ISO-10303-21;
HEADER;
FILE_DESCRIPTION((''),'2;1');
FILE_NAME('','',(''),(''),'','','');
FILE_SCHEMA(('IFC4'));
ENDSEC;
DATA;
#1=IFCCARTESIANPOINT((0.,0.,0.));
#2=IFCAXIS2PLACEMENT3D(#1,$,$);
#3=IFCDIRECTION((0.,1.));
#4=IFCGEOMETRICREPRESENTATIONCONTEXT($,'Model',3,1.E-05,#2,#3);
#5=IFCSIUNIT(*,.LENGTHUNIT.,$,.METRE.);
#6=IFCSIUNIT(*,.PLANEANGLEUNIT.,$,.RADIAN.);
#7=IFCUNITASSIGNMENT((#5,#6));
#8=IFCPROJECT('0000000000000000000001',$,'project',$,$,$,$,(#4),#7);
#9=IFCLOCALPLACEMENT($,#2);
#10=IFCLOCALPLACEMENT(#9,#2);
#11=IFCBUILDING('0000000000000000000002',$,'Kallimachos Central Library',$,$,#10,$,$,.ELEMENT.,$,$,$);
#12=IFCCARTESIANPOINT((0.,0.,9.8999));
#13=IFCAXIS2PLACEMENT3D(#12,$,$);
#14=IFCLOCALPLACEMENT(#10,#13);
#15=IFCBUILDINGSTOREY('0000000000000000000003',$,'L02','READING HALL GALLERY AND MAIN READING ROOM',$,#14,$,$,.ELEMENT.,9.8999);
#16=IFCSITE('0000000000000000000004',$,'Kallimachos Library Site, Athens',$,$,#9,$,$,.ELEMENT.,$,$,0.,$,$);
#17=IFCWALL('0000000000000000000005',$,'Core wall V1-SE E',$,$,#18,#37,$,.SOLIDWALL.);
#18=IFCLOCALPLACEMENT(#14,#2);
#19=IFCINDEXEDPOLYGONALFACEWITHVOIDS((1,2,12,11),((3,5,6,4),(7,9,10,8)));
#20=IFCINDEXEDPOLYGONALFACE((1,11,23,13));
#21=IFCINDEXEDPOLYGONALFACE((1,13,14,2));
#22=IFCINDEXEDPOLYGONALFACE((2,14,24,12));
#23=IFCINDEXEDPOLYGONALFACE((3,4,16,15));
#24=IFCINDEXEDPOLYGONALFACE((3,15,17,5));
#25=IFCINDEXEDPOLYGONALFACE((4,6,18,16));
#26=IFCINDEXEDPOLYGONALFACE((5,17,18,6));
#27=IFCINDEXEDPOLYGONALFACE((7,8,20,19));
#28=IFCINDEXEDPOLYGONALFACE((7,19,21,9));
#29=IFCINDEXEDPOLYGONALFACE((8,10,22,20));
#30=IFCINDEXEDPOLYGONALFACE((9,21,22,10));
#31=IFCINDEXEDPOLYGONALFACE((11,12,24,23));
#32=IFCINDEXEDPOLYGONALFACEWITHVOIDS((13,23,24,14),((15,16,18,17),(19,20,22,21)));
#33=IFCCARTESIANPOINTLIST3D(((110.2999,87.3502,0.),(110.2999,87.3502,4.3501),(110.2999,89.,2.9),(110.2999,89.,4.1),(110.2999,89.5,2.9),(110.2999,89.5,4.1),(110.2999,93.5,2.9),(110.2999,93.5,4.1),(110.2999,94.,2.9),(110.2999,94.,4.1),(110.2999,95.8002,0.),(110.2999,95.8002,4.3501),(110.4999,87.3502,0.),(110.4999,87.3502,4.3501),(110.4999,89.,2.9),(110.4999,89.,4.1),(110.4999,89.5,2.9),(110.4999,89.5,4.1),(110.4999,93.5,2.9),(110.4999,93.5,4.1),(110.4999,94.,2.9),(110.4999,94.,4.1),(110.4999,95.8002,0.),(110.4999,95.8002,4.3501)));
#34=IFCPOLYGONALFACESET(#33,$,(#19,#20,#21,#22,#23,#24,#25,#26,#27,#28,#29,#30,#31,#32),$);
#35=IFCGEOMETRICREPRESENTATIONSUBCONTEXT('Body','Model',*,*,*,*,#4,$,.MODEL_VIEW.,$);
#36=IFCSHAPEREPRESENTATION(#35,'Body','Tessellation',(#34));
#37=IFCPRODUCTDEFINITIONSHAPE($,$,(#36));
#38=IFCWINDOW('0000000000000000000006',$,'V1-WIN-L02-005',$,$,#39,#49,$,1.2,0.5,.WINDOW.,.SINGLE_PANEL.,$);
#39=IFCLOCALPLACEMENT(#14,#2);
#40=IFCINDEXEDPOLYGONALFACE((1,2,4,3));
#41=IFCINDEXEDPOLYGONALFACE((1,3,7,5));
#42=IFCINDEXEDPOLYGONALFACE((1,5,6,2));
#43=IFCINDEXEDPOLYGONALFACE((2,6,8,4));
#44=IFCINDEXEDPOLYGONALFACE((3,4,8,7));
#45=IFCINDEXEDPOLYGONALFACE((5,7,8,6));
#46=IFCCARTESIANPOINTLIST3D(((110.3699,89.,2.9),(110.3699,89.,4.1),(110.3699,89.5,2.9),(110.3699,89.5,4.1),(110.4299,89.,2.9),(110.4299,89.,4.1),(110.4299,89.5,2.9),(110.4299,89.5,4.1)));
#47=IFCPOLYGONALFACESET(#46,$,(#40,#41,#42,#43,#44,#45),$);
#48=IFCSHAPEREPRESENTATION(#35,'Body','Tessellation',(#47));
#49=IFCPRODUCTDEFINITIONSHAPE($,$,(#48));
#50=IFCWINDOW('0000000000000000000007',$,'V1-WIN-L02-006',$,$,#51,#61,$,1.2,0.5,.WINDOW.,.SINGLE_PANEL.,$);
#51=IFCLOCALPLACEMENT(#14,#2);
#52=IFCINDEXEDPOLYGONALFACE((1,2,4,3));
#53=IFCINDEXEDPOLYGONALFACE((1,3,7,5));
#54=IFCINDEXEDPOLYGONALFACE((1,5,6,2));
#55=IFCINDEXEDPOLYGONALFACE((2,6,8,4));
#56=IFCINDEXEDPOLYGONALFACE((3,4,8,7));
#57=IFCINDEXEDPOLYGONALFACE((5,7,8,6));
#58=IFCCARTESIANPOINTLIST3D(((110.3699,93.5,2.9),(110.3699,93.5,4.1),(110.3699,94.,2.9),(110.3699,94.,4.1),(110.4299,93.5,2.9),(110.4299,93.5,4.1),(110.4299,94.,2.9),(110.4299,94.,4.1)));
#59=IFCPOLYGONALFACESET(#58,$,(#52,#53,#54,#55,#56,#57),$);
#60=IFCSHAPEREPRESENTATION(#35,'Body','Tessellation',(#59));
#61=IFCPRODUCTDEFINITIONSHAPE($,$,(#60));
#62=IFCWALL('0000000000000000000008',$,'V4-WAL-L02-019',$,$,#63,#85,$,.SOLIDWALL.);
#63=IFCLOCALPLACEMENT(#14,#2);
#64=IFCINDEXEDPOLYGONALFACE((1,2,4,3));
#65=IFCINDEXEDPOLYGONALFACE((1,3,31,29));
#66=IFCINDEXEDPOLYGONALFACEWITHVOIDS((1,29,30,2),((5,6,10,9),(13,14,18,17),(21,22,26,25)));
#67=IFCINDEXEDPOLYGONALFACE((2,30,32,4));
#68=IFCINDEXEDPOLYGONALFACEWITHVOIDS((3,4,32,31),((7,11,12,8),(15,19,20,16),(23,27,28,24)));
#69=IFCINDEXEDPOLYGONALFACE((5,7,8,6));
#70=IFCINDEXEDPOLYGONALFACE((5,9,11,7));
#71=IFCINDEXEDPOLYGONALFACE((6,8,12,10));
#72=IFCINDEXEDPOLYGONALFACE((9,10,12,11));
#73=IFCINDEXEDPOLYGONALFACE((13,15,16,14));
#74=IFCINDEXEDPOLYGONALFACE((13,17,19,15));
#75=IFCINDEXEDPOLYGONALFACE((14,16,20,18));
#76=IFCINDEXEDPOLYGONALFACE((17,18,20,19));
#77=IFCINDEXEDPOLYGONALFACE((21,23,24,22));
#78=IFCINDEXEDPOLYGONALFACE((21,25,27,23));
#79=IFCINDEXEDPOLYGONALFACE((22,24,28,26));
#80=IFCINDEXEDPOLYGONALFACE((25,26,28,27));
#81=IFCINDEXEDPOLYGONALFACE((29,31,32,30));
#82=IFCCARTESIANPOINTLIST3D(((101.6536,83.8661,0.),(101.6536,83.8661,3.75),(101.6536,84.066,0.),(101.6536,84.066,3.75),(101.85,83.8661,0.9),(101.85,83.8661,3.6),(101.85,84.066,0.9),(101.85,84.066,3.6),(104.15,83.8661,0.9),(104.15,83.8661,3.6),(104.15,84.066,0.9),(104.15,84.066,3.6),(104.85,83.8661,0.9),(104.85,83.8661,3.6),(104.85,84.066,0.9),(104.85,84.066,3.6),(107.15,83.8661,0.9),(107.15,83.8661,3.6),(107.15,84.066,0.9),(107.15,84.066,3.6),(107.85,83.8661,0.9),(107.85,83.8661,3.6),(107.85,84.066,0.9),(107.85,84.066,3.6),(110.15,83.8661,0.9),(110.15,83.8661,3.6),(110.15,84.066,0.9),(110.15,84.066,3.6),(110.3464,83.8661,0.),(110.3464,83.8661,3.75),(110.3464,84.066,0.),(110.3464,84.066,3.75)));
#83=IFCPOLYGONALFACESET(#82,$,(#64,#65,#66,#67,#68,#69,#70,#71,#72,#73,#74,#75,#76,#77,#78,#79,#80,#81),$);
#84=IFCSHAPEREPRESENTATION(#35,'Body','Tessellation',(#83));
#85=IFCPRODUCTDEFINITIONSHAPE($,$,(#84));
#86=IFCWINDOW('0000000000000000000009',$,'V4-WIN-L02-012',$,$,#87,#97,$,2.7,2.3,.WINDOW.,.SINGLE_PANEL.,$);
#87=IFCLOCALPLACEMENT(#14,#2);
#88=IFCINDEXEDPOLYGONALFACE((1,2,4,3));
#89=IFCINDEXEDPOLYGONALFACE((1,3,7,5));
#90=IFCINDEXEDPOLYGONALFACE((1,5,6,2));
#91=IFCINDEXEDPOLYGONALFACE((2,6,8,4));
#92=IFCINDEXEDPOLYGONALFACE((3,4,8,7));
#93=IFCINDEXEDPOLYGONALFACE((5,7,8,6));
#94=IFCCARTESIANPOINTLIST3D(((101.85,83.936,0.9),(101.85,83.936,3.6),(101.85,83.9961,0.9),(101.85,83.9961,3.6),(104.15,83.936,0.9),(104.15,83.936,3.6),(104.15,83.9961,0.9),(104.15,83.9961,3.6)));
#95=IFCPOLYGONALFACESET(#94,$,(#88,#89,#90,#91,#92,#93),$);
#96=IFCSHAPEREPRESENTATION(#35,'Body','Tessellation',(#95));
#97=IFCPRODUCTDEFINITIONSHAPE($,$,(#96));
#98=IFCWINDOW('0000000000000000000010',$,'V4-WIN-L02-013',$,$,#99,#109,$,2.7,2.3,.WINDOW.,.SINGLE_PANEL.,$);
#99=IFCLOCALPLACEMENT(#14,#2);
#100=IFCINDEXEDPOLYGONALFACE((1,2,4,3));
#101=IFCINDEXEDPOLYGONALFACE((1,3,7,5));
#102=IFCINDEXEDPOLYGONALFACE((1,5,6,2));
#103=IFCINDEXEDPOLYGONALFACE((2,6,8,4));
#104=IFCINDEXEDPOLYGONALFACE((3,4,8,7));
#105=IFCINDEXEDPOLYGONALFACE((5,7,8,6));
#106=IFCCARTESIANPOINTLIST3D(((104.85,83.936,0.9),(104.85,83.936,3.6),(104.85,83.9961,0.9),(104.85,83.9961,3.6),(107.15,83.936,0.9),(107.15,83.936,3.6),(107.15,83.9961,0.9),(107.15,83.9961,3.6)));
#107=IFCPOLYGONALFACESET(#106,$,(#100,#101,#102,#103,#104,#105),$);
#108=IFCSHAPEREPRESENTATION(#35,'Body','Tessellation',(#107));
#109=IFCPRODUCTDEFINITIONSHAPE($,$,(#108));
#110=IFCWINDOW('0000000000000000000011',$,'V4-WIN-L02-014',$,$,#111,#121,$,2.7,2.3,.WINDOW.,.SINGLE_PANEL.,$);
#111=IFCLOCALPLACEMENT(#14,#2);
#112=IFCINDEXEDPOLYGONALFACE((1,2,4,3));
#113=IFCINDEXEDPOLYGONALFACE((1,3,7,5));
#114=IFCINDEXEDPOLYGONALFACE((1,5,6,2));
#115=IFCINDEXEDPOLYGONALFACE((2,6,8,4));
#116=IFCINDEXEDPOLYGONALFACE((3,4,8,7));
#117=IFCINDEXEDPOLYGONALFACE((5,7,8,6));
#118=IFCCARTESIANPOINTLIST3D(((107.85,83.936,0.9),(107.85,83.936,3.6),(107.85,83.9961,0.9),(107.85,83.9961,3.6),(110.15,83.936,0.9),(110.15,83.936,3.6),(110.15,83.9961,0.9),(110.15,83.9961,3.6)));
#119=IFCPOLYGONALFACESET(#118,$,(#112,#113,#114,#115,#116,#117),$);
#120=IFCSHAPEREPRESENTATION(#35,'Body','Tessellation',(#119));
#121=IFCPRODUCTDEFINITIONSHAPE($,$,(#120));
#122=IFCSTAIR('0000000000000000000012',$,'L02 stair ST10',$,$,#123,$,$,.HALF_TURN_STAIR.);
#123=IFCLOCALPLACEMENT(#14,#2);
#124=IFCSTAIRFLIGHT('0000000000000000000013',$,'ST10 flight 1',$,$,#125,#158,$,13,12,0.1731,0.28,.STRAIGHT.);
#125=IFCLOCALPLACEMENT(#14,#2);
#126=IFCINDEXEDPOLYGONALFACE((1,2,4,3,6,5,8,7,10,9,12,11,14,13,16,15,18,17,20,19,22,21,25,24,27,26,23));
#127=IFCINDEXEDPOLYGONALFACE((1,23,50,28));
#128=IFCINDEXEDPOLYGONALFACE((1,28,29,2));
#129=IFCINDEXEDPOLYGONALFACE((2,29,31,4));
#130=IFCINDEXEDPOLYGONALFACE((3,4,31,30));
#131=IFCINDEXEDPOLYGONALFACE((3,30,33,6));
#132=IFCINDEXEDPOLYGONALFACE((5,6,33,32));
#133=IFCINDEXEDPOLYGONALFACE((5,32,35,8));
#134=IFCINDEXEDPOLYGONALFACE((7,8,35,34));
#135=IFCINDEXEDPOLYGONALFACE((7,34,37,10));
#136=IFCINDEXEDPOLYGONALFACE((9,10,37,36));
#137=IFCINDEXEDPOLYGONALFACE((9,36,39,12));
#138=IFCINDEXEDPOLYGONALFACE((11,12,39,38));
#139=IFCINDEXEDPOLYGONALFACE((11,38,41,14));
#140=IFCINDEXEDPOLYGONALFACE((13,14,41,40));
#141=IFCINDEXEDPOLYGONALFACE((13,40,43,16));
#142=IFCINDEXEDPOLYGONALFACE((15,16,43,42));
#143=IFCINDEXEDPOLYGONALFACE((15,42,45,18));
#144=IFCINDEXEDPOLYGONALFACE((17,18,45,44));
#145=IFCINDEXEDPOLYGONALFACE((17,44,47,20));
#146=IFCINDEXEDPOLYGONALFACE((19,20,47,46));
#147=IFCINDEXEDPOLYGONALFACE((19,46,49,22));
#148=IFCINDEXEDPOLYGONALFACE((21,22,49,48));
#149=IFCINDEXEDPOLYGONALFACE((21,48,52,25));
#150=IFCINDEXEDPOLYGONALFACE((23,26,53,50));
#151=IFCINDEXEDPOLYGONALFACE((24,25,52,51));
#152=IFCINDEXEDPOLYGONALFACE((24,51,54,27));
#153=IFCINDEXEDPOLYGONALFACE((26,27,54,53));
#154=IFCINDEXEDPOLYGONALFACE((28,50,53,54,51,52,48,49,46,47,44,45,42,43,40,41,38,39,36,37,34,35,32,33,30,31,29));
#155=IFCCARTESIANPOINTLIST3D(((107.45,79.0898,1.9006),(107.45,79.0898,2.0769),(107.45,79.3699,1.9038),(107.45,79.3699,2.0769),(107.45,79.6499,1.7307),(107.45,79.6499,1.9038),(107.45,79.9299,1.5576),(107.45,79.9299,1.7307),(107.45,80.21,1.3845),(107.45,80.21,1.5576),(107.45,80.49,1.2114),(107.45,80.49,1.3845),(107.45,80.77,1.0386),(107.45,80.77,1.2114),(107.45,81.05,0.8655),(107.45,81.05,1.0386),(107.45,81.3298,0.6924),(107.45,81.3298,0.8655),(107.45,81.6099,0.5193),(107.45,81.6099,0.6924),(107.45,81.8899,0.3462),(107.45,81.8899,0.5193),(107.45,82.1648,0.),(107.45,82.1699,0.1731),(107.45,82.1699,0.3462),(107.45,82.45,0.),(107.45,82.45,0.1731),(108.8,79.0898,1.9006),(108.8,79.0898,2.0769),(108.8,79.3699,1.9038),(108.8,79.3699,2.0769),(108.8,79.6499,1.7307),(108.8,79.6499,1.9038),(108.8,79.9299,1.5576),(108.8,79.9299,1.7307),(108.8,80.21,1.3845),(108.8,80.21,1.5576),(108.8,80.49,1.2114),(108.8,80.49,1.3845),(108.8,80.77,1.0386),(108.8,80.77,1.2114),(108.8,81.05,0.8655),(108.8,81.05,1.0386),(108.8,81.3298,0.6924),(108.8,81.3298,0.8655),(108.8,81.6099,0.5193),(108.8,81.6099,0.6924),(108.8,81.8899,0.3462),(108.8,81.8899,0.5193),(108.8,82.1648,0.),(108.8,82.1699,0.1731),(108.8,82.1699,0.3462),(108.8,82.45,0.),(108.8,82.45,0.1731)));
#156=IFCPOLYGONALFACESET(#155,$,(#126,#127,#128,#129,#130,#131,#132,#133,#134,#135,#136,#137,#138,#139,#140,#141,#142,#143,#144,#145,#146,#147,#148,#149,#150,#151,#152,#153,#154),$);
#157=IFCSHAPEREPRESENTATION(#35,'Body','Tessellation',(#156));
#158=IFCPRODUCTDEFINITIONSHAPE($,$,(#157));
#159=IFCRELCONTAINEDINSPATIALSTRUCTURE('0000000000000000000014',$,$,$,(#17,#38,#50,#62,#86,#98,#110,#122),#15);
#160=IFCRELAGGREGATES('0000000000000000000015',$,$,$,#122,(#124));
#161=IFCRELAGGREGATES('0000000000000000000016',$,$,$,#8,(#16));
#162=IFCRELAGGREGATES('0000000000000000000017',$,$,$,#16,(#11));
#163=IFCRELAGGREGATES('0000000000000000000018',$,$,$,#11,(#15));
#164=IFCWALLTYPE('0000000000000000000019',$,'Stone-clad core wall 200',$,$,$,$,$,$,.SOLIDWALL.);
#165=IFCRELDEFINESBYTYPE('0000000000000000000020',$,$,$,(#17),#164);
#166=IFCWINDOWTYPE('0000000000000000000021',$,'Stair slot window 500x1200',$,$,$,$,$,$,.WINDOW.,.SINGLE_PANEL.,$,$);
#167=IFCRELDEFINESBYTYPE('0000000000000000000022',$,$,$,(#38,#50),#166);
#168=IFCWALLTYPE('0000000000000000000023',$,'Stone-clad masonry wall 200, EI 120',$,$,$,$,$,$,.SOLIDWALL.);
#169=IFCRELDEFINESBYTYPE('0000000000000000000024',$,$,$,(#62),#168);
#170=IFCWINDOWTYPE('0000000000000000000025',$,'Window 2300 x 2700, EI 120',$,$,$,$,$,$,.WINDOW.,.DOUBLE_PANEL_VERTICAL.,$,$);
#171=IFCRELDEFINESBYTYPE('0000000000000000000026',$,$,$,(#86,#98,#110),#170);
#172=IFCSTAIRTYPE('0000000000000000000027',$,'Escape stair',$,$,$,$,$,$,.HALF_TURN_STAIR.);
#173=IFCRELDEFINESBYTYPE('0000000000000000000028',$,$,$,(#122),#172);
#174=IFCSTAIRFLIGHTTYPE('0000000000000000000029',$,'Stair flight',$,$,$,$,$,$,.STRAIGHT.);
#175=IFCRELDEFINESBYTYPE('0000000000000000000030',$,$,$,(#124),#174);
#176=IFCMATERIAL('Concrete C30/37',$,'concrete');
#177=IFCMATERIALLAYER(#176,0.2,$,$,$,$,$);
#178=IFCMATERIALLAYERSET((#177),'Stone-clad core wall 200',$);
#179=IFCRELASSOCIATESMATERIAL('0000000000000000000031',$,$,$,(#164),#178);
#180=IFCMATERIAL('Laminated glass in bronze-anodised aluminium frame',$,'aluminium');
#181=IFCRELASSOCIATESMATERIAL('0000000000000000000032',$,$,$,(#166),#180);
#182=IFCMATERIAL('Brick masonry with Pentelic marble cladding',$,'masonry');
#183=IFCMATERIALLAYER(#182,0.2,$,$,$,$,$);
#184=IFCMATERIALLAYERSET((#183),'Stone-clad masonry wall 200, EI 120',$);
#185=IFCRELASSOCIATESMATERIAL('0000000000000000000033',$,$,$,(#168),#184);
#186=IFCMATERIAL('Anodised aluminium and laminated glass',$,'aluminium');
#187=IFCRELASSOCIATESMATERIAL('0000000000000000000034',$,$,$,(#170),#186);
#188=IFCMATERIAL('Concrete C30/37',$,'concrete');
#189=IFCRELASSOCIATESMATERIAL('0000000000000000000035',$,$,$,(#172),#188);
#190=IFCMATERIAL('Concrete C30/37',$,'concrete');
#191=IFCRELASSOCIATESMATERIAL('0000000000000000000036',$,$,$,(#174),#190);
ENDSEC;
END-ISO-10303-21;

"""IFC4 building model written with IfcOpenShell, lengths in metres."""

from ifc_helpers import new_model, si_unit, direction, frame, frame_2d, origin, place, context, subcontext, project, spatial, polyline, rectangle, outline, extrude, material, layer, layer_set, type_object, element, fill, aggregate, save


model = new_model("IFC4")

# Units and contexts
model_context = context("Model", 3, precision=1e-05, world=origin(), true_north=direction((0.0, 1.0)))
body_context = subcontext(model_context, "Body", "Model", "MODEL_VIEW")
ifc_project = project(units=[si_unit("LENGTHUNIT", "METRE"), si_unit("PLANEANGLEUNIT", "RADIAN")], contexts=[model_context])

# Site, building, storey
site_placement = place(None, origin())
site = spatial("IfcSite", under=ifc_project, at=site_placement, Name="Kallimachos Library Site, Athens", CompositionType="ELEMENT", RefElevation=0.0)
building_placement = place(site_placement, origin())
building = spatial("IfcBuilding", under=site, at=building_placement, Name="Kallimachos Central Library", CompositionType="ELEMENT")
storey_placement = place(building_placement, frame((0.0, 0.0, 9.8999)))
storey = spatial("IfcBuildingStorey", under=building, at=storey_placement, Name="L02", Description="READING HALL GALLERY AND MAIN READING ROOM", CompositionType="ELEMENT", Elevation=9.8999)

# Walls, openings, windows
ifc_material_1 = material(Name="Concrete C30/37", Category="concrete")
ifc_layer_1 = layer(ifc_material_1, 0.2)
ifc_layer_set_1 = layer_set([ifc_layer_1], Name="Stone-clad core wall 200")
wall_type_1 = type_object("IfcWallType", Name="Stone-clad core wall 200", PredefinedType="SOLIDWALL", material=ifc_layer_set_1)
wall_1_placement = place(storey_placement, frame((110.3999, 87.3501, 0.0), z_axis=(0.0, 0.0, 1.0), x_axis=(0.0, 1.0, 0.0)))
wall_1 = element("IfcWall", 1, at=wall_1_placement, inside=storey, type_object=wall_type_1, Name="Core wall V1-SE E", PredefinedType="SOLIDWALL", context=body_context, shape_type="SweptSolid", body=[
    extrude(rectangle(XDim=8.45, YDim=0.2, at=frame_2d((4.2251, 0.0))), origin(), (0.0, 0.0, 1.0), 4.3501),
])
opening_1_placement = place(wall_1_placement, frame((1.6499, 0.0, 2.8999)))
opening_1 = element("IfcOpeningElement", 2, at=opening_1_placement, cuts=wall_1, PredefinedType="OPENING", context=body_context, shape_type="SweptSolid", body=[
    extrude(rectangle(XDim=0.5, YDim=1.2, at=frame_2d((0.25, 0.6001))), frame((0.0, 0.1099, 0.0), z_axis=(0.0, -1.0, 0.0), x_axis=(1.0, 0.0, 0.0)), (0.0, 0.0, 1.0), 0.22),
])
opening_2_placement = place(wall_1_placement, frame((6.1499, 0.0, 2.8999)))
opening_2 = element("IfcOpeningElement", 3, at=opening_2_placement, cuts=wall_1, PredefinedType="OPENING", context=body_context, shape_type="SweptSolid", body=[
    extrude(rectangle(XDim=0.5, YDim=1.2, at=frame_2d((0.25, 0.6001))), frame((0.0, 0.1099, 0.0), z_axis=(0.0, -1.0, 0.0), x_axis=(1.0, 0.0, 0.0)), (0.0, 0.0, 1.0), 0.22),
])
ifc_material_2 = material(Name="Laminated glass in bronze-anodised aluminium frame", Category="aluminium")
window_type_1 = type_object("IfcWindowType", Name="Stair slot window 500x1200", PartitioningType="SINGLE_PANEL", PredefinedType="WINDOW", material=ifc_material_2)
window_1_placement = place(opening_1_placement, origin())
window_1 = element("IfcWindow", 4, at=window_1_placement, inside=storey, type_object=window_type_1, Name="V1-WIN-L02-005", OverallHeight=1.2, OverallWidth=0.5, PartitioningType="SINGLE_PANEL", PredefinedType="WINDOW", context=body_context, shape_type="SweptSolid", body=[
    extrude(rectangle(XDim=0.5, YDim=1.2, at=frame_2d((0.25, 0.6001))), frame((0.0, 0.03, 0.0), z_axis=(0.0, -1.0, 0.0), x_axis=(1.0, 0.0, 0.0)), (0.0, 0.0, 1.0), 0.0601),
])
fill(opening_1, window_1)
window_2_placement = place(opening_2_placement, origin())
window_2 = element("IfcWindow", 5, at=window_2_placement, inside=storey, type_object=window_type_1, Name="V1-WIN-L02-006", OverallHeight=1.2, OverallWidth=0.5, PartitioningType="SINGLE_PANEL", PredefinedType="WINDOW", context=body_context, shape_type="SweptSolid", body=[
    extrude(rectangle(XDim=0.5, YDim=1.2, at=frame_2d((0.25, 0.6001))), frame((0.0, 0.03, 0.0), z_axis=(0.0, -1.0, 0.0), x_axis=(1.0, 0.0, 0.0)), (0.0, 0.0, 1.0), 0.0601),
])
fill(opening_2, window_2)
ifc_material_3 = material(Name="Brick masonry with Pentelic marble cladding", Category="masonry")
ifc_layer_2 = layer(ifc_material_3, 0.2)
ifc_layer_set_2 = layer_set([ifc_layer_2], Name="Stone-clad masonry wall 200, EI 120")
wall_type_2 = type_object("IfcWallType", Name="Stone-clad masonry wall 200, EI 120", PredefinedType="SOLIDWALL", material=ifc_layer_set_2)
wall_2_placement = place(storey_placement, frame((101.6536, 83.9661, 0.0), z_axis=(0.0, 0.0, 1.0), x_axis=(1.0, 0.0, 0.0)))
wall_2 = element("IfcWall", 6, at=wall_2_placement, inside=storey, type_object=wall_type_2, Name="V4-WAL-L02-019", PredefinedType="SOLIDWALL", context=body_context, shape_type="SweptSolid", body=[
    extrude(rectangle(XDim=8.6929, YDim=0.2, at=frame_2d((4.3464, 0.0))), origin(), (0.0, 0.0, 1.0), 3.75),
])
opening_3_placement = place(wall_2_placement, frame((0.1965, 0.0, 0.8999)))
opening_3 = element("IfcOpeningElement", 7, at=opening_3_placement, cuts=wall_2, PredefinedType="OPENING", context=body_context, shape_type="SweptSolid", body=[
    extrude(rectangle(XDim=2.3, YDim=2.7, at=frame_2d((1.1499, 1.3501))), frame((0.0, 0.1099, 0.0), z_axis=(0.0, -1.0, 0.0), x_axis=(1.0, 0.0, 0.0)), (0.0, 0.0, 1.0), 0.22),
])
opening_4_placement = place(wall_2_placement, frame((3.1965, 0.0, 0.8999)))
opening_4 = element("IfcOpeningElement", 8, at=opening_4_placement, cuts=wall_2, PredefinedType="OPENING", context=body_context, shape_type="SweptSolid", body=[
    extrude(rectangle(XDim=2.3, YDim=2.7, at=frame_2d((1.1499, 1.3501))), frame((0.0, 0.1099, 0.0), z_axis=(0.0, -1.0, 0.0), x_axis=(1.0, 0.0, 0.0)), (0.0, 0.0, 1.0), 0.22),
])
opening_5_placement = place(wall_2_placement, frame((6.1965, 0.0, 0.8999)))
opening_5 = element("IfcOpeningElement", 9, at=opening_5_placement, cuts=wall_2, PredefinedType="OPENING", context=body_context, shape_type="SweptSolid", body=[
    extrude(rectangle(XDim=2.3, YDim=2.7, at=frame_2d((1.1499, 1.3501))), frame((0.0, 0.1099, 0.0), z_axis=(0.0, -1.0, 0.0), x_axis=(1.0, 0.0, 0.0)), (0.0, 0.0, 1.0), 0.22),
])
ifc_material_4 = material(Name="Anodised aluminium and laminated glass", Category="aluminium")
window_type_2 = type_object("IfcWindowType", Name="Window 2300 x 2700, EI 120", PartitioningType="DOUBLE_PANEL_VERTICAL", PredefinedType="WINDOW", material=ifc_material_4)
window_3_placement = place(opening_3_placement, origin())
window_3 = element("IfcWindow", 10, at=window_3_placement, inside=storey, type_object=window_type_2, Name="V4-WIN-L02-012", OverallHeight=2.7, OverallWidth=2.3, PartitioningType="SINGLE_PANEL", PredefinedType="WINDOW", context=body_context, shape_type="SweptSolid", body=[
    extrude(rectangle(XDim=2.3, YDim=2.7, at=frame_2d((1.1499, 1.3501))), frame((0.0, 0.03, 0.0), z_axis=(0.0, -1.0, 0.0), x_axis=(1.0, 0.0, 0.0)), (0.0, 0.0, 1.0), 0.0601),
])
fill(opening_3, window_3)
window_4_placement = place(opening_4_placement, origin())
window_4 = element("IfcWindow", 11, at=window_4_placement, inside=storey, type_object=window_type_2, Name="V4-WIN-L02-013", OverallHeight=2.7, OverallWidth=2.3, PartitioningType="SINGLE_PANEL", PredefinedType="WINDOW", context=body_context, shape_type="SweptSolid", body=[
    extrude(rectangle(XDim=2.3, YDim=2.7, at=frame_2d((1.1499, 1.3501))), frame((0.0, 0.03, 0.0), z_axis=(0.0, -1.0, 0.0), x_axis=(1.0, 0.0, 0.0)), (0.0, 0.0, 1.0), 0.0601),
])
fill(opening_4, window_4)
window_5_placement = place(opening_5_placement, origin())
window_5 = element("IfcWindow", 12, at=window_5_placement, inside=storey, type_object=window_type_2, Name="V4-WIN-L02-014", OverallHeight=2.7, OverallWidth=2.3, PartitioningType="SINGLE_PANEL", PredefinedType="WINDOW", context=body_context, shape_type="SweptSolid", body=[
    extrude(rectangle(XDim=2.3, YDim=2.7, at=frame_2d((1.1499, 1.3501))), frame((0.0, 0.03, 0.0), z_axis=(0.0, -1.0, 0.0), x_axis=(1.0, 0.0, 0.0)), (0.0, 0.0, 1.0), 0.0601),
])
fill(opening_5, window_5)

# Stair, stair flight
ifc_material_5 = material(Name="Concrete C30/37", Category="concrete")
stair_type_1 = type_object("IfcStairType", Name="Escape stair", PredefinedType="HALF_TURN_STAIR", material=ifc_material_5)
stair_1_placement = place(storey_placement, origin())
stair_1 = element("IfcStair", 13, at=stair_1_placement, inside=storey, type_object=stair_type_1, Name="L02 stair ST10", PredefinedType="HALF_TURN_STAIR")
ifc_material_6 = material(Name="Concrete C30/37", Category="concrete")
stair_flight_type_1 = type_object("IfcStairFlightType", Name="Stair flight", PredefinedType="STRAIGHT", material=ifc_material_6)
stair_flight_1_placement = place(storey_placement, frame((108.125, 82.45, 0.0), z_axis=(0.0, 0.0, 1.0), x_axis=(0.0, -1.0, 0.0)))
stair_flight_1 = element("IfcStairFlight", 14, at=stair_flight_1_placement, type_object=stair_flight_type_1, Name="ST10 flight 1", NumberOfRisers=13, NumberOfTreads=12, PredefinedType="STRAIGHT", RiserHeight=0.1731, TreadLength=0.28, context=body_context, shape_type="SweptSolid", body=[
    extrude(outline(polyline([(0.0, 0.0), (0.0, 0.1731), (0.28, 0.1731), (0.28, 0.3462), (0.5601, 0.3462), (0.5601, 0.5193), (0.8401, 0.5193), (0.8401, 0.6924), (1.1201, 0.6924), (1.1201, 0.8655), (1.3999, 0.8655), (1.3999, 1.0386), (1.6799, 1.0386), (1.6799, 1.2114), (1.96, 1.2114), (1.96, 1.3845), (2.24, 1.3845), (2.24, 1.5576), (2.52, 1.5576), (2.52, 1.7307), (2.8, 1.7307), (2.8, 1.9038), (3.0801, 1.9038), (3.0801, 2.0769), (3.3601, 2.0769), (3.3601, 2.25), (3.3601, 1.9006), (0.2852, 0.0), (0.0, 0.0)])), frame((0.0, 0.675, 0.0), z_axis=(0.0, -1.0, 0.0), x_axis=(1.0, 0.0, 0.0)), (0.0, 0.0, 1.0), 1.3501),
])
aggregate(stair_1, [stair_flight_1])

save(model, "model.ifc")
